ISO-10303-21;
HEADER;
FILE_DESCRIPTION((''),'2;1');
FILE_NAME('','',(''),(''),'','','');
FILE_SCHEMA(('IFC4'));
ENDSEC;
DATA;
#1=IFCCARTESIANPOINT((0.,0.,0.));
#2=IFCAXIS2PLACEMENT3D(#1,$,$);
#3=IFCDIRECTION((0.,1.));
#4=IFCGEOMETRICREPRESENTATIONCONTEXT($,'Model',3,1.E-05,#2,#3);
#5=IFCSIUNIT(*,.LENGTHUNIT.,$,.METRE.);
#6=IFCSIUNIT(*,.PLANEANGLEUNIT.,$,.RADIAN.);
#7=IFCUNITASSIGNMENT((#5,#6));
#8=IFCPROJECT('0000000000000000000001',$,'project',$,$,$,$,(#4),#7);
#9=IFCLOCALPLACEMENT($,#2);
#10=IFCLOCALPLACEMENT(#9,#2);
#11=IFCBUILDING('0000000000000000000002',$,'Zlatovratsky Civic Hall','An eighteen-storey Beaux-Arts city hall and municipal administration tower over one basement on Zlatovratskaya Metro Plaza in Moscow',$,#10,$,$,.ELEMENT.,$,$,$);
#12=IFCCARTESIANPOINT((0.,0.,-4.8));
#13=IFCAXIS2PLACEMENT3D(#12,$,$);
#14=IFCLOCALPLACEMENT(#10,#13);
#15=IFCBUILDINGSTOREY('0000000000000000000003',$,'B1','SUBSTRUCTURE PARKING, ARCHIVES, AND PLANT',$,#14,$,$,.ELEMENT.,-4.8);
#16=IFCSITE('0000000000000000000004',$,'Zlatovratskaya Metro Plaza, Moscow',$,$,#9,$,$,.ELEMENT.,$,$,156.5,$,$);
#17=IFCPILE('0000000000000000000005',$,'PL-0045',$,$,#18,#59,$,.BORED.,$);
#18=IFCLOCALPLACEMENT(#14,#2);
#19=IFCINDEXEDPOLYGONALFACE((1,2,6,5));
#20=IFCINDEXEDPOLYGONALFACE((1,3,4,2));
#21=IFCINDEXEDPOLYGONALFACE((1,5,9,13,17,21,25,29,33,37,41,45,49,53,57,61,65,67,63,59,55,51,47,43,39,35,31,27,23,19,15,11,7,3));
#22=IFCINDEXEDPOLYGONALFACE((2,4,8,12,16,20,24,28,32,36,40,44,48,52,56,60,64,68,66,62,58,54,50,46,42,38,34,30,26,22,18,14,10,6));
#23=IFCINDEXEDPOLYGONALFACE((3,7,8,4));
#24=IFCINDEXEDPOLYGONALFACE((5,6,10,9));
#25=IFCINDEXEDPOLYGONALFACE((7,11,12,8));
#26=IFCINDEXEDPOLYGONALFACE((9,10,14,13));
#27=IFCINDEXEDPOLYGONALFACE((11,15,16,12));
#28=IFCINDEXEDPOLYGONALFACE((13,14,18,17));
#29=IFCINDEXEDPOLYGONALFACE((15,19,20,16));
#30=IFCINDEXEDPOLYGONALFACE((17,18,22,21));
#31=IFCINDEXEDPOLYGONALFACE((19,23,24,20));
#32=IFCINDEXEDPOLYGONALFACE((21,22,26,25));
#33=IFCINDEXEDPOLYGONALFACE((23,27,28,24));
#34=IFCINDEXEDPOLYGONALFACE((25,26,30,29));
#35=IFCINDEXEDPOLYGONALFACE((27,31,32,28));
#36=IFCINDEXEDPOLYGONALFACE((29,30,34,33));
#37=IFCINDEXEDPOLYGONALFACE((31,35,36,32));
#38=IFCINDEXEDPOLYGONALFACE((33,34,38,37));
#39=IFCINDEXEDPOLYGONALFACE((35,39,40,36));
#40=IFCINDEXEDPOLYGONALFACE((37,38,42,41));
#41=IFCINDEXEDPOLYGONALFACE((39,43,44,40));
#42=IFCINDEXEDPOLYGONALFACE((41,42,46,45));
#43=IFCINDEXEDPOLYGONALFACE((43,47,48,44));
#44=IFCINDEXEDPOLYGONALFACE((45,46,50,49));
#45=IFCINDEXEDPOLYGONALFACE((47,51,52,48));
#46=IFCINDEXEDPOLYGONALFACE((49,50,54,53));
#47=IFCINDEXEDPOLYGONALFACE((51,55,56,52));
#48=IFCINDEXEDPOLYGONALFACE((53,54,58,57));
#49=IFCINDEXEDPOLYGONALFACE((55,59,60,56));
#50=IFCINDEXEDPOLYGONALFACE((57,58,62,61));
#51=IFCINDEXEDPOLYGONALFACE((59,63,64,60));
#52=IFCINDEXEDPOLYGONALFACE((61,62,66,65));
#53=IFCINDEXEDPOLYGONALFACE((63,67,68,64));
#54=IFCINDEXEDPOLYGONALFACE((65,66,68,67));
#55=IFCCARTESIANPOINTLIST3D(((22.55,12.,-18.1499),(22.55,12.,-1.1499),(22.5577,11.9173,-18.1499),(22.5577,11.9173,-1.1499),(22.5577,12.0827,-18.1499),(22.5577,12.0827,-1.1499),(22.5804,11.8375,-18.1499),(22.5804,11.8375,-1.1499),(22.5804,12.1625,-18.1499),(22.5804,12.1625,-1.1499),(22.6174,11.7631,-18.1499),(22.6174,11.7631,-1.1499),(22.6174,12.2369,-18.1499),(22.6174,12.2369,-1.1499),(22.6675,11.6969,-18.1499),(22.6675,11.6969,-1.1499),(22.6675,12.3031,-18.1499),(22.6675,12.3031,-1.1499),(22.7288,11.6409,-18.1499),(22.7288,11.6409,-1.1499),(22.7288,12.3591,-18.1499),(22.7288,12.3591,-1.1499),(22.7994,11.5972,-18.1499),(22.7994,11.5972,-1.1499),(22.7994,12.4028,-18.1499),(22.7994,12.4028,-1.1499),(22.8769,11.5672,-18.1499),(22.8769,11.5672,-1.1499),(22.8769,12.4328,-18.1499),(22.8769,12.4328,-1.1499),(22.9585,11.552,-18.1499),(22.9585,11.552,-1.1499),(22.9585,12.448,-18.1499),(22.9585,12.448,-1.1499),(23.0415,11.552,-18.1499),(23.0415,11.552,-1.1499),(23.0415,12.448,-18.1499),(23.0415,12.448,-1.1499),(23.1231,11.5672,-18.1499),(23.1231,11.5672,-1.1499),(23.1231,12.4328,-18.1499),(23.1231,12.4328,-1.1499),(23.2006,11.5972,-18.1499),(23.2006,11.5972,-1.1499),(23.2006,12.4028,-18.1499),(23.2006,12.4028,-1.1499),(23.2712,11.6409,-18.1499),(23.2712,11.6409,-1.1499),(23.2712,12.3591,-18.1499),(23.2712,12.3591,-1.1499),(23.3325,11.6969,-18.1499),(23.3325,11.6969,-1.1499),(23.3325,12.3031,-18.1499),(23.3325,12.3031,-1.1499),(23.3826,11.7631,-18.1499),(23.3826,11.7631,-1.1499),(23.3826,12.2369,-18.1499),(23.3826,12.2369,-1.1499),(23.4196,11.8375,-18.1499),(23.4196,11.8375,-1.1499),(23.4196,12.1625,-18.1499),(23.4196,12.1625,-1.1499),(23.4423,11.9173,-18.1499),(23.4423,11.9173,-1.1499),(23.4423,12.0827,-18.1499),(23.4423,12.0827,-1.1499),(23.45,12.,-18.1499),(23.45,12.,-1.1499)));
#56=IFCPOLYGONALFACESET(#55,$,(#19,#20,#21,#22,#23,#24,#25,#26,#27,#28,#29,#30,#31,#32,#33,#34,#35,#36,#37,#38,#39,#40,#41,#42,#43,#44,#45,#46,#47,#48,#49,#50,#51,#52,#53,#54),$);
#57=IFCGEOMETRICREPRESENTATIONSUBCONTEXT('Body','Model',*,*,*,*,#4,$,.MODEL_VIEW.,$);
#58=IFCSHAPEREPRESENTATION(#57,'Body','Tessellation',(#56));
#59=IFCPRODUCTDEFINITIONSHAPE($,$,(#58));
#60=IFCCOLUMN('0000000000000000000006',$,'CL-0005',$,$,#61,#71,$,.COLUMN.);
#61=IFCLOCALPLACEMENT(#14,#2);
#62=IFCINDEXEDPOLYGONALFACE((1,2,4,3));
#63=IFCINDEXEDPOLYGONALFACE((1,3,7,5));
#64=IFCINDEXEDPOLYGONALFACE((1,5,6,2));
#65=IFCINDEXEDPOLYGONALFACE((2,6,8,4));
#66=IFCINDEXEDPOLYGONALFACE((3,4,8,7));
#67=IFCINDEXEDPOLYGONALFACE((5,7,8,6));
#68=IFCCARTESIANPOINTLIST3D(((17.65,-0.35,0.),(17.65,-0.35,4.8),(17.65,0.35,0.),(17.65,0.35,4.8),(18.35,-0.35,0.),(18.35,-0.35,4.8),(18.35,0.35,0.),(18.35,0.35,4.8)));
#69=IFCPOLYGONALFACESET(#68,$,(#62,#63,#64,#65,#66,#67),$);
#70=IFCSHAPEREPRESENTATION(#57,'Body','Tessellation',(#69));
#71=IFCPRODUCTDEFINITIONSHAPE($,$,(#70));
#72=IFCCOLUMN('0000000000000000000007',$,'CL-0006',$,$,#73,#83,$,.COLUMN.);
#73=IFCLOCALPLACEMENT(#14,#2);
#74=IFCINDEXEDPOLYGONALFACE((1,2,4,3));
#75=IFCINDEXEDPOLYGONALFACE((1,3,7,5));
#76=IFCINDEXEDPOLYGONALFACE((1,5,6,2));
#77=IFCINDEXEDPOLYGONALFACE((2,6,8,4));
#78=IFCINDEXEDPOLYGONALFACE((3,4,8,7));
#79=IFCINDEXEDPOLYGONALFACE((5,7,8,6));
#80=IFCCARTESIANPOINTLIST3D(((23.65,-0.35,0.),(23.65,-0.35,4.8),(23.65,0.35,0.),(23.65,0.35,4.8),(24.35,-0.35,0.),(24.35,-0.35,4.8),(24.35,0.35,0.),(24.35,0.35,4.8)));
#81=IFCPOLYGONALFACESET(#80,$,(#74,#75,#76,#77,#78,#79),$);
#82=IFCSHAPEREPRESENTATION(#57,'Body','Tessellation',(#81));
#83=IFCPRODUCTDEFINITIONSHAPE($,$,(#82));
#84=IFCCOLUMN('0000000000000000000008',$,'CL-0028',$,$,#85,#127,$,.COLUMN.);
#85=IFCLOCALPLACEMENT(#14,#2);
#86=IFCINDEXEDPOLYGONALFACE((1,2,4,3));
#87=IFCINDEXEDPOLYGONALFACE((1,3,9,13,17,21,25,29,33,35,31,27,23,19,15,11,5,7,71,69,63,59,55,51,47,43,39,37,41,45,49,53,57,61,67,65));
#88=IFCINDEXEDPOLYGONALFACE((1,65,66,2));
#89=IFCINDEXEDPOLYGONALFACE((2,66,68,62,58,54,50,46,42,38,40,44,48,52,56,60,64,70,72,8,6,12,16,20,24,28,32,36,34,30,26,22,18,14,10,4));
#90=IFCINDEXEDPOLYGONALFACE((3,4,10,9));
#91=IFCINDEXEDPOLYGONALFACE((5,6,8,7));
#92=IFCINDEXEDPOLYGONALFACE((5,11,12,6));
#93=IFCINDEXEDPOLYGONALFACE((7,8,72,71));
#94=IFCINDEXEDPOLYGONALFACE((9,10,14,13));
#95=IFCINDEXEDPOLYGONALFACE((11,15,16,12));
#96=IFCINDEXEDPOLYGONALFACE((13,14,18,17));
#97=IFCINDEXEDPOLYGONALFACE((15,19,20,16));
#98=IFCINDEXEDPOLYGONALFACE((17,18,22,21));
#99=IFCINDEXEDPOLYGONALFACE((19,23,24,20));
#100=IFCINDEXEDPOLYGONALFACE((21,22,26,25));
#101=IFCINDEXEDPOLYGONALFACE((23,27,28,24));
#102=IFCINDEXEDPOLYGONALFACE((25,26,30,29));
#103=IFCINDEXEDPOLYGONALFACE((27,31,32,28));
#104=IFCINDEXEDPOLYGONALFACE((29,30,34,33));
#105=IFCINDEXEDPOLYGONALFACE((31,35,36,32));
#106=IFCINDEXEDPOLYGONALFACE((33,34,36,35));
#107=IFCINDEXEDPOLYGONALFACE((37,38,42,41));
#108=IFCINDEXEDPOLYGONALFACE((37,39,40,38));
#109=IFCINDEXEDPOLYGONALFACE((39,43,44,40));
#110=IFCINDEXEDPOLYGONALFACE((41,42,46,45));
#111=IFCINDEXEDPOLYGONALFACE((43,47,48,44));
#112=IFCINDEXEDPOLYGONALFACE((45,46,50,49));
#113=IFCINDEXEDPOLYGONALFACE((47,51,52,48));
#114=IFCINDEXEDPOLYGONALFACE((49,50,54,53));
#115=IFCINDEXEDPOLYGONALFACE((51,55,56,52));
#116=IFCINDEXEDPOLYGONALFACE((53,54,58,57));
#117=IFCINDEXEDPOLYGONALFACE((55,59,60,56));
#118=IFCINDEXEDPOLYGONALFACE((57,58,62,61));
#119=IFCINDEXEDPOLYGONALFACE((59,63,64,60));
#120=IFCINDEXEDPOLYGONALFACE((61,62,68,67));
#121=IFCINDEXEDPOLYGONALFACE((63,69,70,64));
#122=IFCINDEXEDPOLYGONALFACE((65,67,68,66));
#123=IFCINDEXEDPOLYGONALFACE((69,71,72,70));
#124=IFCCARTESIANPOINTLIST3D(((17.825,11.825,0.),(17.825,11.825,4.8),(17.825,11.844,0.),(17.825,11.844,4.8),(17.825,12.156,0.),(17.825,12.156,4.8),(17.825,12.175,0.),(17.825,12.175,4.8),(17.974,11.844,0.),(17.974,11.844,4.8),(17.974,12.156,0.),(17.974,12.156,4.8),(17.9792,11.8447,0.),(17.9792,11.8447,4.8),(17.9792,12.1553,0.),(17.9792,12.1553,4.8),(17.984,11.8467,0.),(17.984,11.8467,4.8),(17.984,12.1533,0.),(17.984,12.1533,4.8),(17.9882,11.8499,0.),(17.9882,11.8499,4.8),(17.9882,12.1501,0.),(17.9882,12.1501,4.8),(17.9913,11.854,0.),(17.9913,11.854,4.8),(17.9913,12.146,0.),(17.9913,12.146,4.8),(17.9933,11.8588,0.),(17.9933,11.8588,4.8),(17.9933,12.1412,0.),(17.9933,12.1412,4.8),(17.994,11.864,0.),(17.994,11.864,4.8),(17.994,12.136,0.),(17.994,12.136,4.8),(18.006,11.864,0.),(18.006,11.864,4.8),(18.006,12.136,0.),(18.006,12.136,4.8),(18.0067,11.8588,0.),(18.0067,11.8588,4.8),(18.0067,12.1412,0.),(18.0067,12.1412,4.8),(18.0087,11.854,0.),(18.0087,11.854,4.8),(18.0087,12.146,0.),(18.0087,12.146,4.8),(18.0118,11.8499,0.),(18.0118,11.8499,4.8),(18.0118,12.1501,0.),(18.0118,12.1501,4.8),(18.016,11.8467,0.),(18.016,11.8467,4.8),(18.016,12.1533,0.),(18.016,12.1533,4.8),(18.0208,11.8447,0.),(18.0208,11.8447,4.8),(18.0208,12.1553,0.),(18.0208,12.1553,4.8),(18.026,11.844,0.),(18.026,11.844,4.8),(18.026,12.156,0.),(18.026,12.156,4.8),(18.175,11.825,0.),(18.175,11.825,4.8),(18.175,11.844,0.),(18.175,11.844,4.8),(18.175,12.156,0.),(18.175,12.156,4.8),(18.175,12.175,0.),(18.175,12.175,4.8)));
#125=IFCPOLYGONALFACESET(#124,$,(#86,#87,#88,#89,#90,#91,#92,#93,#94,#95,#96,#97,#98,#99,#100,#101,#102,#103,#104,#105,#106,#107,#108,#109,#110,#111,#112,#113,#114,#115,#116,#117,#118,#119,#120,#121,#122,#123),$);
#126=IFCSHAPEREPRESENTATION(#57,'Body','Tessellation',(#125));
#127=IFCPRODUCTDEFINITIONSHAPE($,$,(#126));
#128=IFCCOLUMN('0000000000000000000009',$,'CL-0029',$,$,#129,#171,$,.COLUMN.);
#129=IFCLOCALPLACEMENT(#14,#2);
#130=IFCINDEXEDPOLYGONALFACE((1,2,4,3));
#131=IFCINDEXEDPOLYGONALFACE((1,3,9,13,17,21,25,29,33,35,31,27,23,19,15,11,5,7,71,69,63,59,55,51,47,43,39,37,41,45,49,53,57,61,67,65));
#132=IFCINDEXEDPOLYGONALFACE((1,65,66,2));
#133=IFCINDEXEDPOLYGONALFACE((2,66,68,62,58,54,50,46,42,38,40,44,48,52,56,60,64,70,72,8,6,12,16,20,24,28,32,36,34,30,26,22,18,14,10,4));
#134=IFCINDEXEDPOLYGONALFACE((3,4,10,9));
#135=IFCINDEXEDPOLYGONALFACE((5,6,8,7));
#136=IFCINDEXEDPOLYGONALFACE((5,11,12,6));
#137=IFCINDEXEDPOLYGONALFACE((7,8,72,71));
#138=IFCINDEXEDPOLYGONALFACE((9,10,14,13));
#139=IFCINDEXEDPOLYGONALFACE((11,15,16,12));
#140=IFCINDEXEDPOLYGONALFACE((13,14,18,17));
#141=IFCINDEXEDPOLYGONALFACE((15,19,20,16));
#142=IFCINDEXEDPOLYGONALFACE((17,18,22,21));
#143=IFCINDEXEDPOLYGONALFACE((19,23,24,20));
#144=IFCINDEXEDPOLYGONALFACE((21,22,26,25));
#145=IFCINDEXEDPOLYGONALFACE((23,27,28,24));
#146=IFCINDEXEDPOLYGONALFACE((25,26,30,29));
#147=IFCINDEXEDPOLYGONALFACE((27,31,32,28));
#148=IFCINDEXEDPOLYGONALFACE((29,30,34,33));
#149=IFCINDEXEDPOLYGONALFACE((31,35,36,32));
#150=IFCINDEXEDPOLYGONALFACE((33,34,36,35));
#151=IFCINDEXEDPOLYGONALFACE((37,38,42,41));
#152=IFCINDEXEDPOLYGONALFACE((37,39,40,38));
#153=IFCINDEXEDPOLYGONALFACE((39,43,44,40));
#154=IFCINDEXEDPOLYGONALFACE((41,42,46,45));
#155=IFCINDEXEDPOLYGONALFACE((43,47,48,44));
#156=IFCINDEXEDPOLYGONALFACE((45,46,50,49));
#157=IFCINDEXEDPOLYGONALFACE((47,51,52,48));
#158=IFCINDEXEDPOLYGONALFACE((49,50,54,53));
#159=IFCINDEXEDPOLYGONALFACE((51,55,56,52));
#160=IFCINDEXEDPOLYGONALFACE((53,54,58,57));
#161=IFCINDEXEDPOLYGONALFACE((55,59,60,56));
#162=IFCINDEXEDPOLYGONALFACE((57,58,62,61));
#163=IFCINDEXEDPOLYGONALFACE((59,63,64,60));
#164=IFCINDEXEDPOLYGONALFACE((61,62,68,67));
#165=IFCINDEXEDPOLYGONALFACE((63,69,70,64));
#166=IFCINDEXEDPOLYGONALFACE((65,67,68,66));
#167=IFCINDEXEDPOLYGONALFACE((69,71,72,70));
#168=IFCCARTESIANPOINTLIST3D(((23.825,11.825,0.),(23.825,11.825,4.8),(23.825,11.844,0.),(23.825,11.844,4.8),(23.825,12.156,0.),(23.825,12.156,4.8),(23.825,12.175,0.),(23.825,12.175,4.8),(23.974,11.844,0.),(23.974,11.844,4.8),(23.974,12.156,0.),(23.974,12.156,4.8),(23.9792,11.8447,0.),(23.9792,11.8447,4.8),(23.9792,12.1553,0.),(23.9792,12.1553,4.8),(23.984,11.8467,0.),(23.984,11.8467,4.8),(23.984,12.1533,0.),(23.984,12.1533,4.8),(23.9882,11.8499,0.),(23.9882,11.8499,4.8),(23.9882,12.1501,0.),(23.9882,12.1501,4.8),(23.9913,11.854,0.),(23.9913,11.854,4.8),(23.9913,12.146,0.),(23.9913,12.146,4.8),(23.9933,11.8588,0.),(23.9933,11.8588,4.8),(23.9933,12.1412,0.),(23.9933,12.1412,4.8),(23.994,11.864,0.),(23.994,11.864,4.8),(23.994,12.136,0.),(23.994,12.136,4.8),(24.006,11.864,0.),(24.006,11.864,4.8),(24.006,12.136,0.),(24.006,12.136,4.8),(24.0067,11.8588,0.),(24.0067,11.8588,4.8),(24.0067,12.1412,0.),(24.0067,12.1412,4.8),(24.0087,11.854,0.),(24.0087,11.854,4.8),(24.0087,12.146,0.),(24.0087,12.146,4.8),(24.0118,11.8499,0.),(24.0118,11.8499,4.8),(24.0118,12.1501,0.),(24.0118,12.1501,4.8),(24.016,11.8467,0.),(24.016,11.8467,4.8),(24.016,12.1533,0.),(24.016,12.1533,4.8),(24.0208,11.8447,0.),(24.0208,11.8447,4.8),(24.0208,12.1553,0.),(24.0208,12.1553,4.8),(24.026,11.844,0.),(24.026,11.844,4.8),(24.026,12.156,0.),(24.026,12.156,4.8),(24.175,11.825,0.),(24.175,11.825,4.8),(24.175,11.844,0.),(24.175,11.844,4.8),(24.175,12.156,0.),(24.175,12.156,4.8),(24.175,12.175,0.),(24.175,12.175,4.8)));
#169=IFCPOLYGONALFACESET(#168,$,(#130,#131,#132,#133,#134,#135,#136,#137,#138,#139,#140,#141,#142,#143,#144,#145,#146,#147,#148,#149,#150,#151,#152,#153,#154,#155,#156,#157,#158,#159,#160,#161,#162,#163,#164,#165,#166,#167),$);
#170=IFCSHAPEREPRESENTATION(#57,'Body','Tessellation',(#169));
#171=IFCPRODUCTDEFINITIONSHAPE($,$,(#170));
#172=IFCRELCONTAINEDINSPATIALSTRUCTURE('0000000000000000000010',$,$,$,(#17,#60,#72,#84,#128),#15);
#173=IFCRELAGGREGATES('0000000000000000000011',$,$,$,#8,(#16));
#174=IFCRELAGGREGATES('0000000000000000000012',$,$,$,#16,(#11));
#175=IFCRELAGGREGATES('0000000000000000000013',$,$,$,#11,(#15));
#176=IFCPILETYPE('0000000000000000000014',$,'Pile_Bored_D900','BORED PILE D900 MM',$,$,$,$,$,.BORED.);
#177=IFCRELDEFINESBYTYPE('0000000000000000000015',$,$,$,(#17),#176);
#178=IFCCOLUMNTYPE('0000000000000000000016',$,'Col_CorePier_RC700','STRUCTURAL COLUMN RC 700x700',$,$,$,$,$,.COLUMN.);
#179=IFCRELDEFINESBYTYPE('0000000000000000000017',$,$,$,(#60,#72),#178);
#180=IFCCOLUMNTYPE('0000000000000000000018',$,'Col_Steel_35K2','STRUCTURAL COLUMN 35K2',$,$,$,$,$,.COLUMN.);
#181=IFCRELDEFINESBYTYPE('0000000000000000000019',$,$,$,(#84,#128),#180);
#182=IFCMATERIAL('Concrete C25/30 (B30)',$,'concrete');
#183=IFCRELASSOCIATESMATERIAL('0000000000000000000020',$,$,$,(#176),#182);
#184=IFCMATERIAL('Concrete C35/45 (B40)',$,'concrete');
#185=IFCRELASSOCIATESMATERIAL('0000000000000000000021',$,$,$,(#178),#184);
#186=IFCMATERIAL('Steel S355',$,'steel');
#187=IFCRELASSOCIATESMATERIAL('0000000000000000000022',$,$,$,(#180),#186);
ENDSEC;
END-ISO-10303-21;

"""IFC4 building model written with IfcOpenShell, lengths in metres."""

from ifc_helpers import new_model, si_unit, direction, frame, origin, origin_2d, place, context, subcontext, project, spatial, rectangle, circle, i_section, extrude, material, material_profile, profile_set, type_object, element, save


model = new_model("IFC4")

# Units and contexts
model_context = context("Model", 3, precision=1e-05, world=origin(), true_north=direction((0.0, 1.0)))
body_context = subcontext(model_context, "Body", "Model", "MODEL_VIEW")
ifc_project = project(units=[si_unit("LENGTHUNIT", "METRE"), si_unit("PLANEANGLEUNIT", "RADIAN")], contexts=[model_context])

# Site, building, storey
site_placement = place(None, origin())
site = spatial("IfcSite", under=ifc_project, at=site_placement, Name="Zlatovratskaya Metro Plaza, Moscow", CompositionType="ELEMENT", RefElevation=156.5)
building_placement = place(site_placement, origin())
building = spatial("IfcBuilding", under=site, at=building_placement, Name="Zlatovratsky Civic Hall", Description="An eighteen-storey Beaux-Arts city hall and municipal administration tower over one basement on Zlatovratskaya Metro Plaza in Moscow", CompositionType="ELEMENT")
storey_placement = place(building_placement, frame((0.0, 0.0, -4.8)))
storey = spatial("IfcBuildingStorey", under=building, at=storey_placement, Name="B1", Description="SUBSTRUCTURE PARKING, ARCHIVES, AND PLANT", CompositionType="ELEMENT", Elevation=-4.8)

# Shared definitions
ifc_material_1 = material(Name="Concrete C25/30 (B30)", Category="concrete")

# Pile
ifc_material_profile_1 = material_profile(ifc_material_1, circle(Radius=0.45, at=origin_2d()), Name="PILE D900")
ifc_profile_set_1 = profile_set([ifc_material_profile_1], Name="Concrete C25/30 (B30)")
pile_type_1 = type_object("IfcPileType", Name="Pile_Bored_D900", Description="BORED PILE D900 MM", PredefinedType="BORED", material=ifc_profile_set_1)
for number, where, z_axis, x_axis, name in (
    (1, (23.0, 12.0, -1.1499), (0.0, 0.0, -1.0), (1.0, 0.0, 0.0), "PL-0045"),
):
    element("IfcPile", number, at=place(storey_placement, frame(where, z_axis=z_axis, x_axis=x_axis)), inside=storey, type_object=pile_type_1, Name=name, PredefinedType="BORED", context=body_context, shape_type="SweptSolid", body=[
        extrude(circle(Radius=0.45, at=origin_2d()), origin(), (0.0, 0.0, 1.0), 17.0),
    ])

# Columns
ifc_material_2 = material(Name="Concrete C35/45 (B40)", Category="concrete")
ifc_material_profile_2 = material_profile(ifc_material_2, rectangle(XDim=0.7, YDim=0.7, at=origin_2d()), Name="RC 700x700")
ifc_profile_set_2 = profile_set([ifc_material_profile_2], Name="Concrete C35/45 (B40)")
column_type_1 = type_object("IfcColumnType", Name="Col_CorePier_RC700", Description="STRUCTURAL COLUMN RC 700x700", PredefinedType="COLUMN", material=ifc_profile_set_2)
for number, where, z_axis, x_axis, name in (
    (2, (18.0, 0.0, 0.0), (0.0, 0.0, 1.0), (1.0, 0.0, 0.0), "CL-0005"),
    (3, (24.0, 0.0, 0.0), (0.0, 0.0, 1.0), (1.0, 0.0, 0.0), "CL-0006"),
):
    element("IfcColumn", number, at=place(storey_placement, frame(where, z_axis=z_axis, x_axis=x_axis)), inside=storey, type_object=column_type_1, Name=name, PredefinedType="COLUMN", context=body_context, shape_type="SweptSolid", body=[
        extrude(rectangle(XDim=0.7, YDim=0.7, at=origin_2d()), origin(), (0.0, 0.0, 1.0), 4.8),
    ])
ifc_material_3 = material(Name="Steel S355", Category="steel")
ifc_material_profile_3 = material_profile(ifc_material_3, i_section(OverallWidth=0.3501, OverallDepth=0.3501, WebThickness=0.012, FlangeThickness=0.019, FilletRadius=0.02, at=origin_2d()), Name="35K2")
ifc_profile_set_3 = profile_set([ifc_material_profile_3], Name="Steel S355")
column_type_2 = type_object("IfcColumnType", Name="Col_Steel_35K2", Description="STRUCTURAL COLUMN 35K2", PredefinedType="COLUMN", material=ifc_profile_set_3)
for number, where, z_axis, x_axis, name in (
    (4, (18.0, 12.0, 0.0), (0.0, 0.0, 1.0), (1.0, 0.0, 0.0), "CL-0028"),
    (5, (24.0, 12.0, 0.0), (0.0, 0.0, 1.0), (1.0, 0.0, 0.0), "CL-0029"),
):
    element("IfcColumn", number, at=place(storey_placement, frame(where, z_axis=z_axis, x_axis=x_axis)), inside=storey, type_object=column_type_2, Name=name, PredefinedType="COLUMN", context=body_context, shape_type="SweptSolid", body=[
        extrude(i_section(OverallWidth=0.3501, OverallDepth=0.3501, WebThickness=0.012, FlangeThickness=0.019, FilletRadius=0.02, at=origin_2d()), origin(), (0.0, 0.0, 1.0), 4.8),
    ])

save(model, "model.ifc")
